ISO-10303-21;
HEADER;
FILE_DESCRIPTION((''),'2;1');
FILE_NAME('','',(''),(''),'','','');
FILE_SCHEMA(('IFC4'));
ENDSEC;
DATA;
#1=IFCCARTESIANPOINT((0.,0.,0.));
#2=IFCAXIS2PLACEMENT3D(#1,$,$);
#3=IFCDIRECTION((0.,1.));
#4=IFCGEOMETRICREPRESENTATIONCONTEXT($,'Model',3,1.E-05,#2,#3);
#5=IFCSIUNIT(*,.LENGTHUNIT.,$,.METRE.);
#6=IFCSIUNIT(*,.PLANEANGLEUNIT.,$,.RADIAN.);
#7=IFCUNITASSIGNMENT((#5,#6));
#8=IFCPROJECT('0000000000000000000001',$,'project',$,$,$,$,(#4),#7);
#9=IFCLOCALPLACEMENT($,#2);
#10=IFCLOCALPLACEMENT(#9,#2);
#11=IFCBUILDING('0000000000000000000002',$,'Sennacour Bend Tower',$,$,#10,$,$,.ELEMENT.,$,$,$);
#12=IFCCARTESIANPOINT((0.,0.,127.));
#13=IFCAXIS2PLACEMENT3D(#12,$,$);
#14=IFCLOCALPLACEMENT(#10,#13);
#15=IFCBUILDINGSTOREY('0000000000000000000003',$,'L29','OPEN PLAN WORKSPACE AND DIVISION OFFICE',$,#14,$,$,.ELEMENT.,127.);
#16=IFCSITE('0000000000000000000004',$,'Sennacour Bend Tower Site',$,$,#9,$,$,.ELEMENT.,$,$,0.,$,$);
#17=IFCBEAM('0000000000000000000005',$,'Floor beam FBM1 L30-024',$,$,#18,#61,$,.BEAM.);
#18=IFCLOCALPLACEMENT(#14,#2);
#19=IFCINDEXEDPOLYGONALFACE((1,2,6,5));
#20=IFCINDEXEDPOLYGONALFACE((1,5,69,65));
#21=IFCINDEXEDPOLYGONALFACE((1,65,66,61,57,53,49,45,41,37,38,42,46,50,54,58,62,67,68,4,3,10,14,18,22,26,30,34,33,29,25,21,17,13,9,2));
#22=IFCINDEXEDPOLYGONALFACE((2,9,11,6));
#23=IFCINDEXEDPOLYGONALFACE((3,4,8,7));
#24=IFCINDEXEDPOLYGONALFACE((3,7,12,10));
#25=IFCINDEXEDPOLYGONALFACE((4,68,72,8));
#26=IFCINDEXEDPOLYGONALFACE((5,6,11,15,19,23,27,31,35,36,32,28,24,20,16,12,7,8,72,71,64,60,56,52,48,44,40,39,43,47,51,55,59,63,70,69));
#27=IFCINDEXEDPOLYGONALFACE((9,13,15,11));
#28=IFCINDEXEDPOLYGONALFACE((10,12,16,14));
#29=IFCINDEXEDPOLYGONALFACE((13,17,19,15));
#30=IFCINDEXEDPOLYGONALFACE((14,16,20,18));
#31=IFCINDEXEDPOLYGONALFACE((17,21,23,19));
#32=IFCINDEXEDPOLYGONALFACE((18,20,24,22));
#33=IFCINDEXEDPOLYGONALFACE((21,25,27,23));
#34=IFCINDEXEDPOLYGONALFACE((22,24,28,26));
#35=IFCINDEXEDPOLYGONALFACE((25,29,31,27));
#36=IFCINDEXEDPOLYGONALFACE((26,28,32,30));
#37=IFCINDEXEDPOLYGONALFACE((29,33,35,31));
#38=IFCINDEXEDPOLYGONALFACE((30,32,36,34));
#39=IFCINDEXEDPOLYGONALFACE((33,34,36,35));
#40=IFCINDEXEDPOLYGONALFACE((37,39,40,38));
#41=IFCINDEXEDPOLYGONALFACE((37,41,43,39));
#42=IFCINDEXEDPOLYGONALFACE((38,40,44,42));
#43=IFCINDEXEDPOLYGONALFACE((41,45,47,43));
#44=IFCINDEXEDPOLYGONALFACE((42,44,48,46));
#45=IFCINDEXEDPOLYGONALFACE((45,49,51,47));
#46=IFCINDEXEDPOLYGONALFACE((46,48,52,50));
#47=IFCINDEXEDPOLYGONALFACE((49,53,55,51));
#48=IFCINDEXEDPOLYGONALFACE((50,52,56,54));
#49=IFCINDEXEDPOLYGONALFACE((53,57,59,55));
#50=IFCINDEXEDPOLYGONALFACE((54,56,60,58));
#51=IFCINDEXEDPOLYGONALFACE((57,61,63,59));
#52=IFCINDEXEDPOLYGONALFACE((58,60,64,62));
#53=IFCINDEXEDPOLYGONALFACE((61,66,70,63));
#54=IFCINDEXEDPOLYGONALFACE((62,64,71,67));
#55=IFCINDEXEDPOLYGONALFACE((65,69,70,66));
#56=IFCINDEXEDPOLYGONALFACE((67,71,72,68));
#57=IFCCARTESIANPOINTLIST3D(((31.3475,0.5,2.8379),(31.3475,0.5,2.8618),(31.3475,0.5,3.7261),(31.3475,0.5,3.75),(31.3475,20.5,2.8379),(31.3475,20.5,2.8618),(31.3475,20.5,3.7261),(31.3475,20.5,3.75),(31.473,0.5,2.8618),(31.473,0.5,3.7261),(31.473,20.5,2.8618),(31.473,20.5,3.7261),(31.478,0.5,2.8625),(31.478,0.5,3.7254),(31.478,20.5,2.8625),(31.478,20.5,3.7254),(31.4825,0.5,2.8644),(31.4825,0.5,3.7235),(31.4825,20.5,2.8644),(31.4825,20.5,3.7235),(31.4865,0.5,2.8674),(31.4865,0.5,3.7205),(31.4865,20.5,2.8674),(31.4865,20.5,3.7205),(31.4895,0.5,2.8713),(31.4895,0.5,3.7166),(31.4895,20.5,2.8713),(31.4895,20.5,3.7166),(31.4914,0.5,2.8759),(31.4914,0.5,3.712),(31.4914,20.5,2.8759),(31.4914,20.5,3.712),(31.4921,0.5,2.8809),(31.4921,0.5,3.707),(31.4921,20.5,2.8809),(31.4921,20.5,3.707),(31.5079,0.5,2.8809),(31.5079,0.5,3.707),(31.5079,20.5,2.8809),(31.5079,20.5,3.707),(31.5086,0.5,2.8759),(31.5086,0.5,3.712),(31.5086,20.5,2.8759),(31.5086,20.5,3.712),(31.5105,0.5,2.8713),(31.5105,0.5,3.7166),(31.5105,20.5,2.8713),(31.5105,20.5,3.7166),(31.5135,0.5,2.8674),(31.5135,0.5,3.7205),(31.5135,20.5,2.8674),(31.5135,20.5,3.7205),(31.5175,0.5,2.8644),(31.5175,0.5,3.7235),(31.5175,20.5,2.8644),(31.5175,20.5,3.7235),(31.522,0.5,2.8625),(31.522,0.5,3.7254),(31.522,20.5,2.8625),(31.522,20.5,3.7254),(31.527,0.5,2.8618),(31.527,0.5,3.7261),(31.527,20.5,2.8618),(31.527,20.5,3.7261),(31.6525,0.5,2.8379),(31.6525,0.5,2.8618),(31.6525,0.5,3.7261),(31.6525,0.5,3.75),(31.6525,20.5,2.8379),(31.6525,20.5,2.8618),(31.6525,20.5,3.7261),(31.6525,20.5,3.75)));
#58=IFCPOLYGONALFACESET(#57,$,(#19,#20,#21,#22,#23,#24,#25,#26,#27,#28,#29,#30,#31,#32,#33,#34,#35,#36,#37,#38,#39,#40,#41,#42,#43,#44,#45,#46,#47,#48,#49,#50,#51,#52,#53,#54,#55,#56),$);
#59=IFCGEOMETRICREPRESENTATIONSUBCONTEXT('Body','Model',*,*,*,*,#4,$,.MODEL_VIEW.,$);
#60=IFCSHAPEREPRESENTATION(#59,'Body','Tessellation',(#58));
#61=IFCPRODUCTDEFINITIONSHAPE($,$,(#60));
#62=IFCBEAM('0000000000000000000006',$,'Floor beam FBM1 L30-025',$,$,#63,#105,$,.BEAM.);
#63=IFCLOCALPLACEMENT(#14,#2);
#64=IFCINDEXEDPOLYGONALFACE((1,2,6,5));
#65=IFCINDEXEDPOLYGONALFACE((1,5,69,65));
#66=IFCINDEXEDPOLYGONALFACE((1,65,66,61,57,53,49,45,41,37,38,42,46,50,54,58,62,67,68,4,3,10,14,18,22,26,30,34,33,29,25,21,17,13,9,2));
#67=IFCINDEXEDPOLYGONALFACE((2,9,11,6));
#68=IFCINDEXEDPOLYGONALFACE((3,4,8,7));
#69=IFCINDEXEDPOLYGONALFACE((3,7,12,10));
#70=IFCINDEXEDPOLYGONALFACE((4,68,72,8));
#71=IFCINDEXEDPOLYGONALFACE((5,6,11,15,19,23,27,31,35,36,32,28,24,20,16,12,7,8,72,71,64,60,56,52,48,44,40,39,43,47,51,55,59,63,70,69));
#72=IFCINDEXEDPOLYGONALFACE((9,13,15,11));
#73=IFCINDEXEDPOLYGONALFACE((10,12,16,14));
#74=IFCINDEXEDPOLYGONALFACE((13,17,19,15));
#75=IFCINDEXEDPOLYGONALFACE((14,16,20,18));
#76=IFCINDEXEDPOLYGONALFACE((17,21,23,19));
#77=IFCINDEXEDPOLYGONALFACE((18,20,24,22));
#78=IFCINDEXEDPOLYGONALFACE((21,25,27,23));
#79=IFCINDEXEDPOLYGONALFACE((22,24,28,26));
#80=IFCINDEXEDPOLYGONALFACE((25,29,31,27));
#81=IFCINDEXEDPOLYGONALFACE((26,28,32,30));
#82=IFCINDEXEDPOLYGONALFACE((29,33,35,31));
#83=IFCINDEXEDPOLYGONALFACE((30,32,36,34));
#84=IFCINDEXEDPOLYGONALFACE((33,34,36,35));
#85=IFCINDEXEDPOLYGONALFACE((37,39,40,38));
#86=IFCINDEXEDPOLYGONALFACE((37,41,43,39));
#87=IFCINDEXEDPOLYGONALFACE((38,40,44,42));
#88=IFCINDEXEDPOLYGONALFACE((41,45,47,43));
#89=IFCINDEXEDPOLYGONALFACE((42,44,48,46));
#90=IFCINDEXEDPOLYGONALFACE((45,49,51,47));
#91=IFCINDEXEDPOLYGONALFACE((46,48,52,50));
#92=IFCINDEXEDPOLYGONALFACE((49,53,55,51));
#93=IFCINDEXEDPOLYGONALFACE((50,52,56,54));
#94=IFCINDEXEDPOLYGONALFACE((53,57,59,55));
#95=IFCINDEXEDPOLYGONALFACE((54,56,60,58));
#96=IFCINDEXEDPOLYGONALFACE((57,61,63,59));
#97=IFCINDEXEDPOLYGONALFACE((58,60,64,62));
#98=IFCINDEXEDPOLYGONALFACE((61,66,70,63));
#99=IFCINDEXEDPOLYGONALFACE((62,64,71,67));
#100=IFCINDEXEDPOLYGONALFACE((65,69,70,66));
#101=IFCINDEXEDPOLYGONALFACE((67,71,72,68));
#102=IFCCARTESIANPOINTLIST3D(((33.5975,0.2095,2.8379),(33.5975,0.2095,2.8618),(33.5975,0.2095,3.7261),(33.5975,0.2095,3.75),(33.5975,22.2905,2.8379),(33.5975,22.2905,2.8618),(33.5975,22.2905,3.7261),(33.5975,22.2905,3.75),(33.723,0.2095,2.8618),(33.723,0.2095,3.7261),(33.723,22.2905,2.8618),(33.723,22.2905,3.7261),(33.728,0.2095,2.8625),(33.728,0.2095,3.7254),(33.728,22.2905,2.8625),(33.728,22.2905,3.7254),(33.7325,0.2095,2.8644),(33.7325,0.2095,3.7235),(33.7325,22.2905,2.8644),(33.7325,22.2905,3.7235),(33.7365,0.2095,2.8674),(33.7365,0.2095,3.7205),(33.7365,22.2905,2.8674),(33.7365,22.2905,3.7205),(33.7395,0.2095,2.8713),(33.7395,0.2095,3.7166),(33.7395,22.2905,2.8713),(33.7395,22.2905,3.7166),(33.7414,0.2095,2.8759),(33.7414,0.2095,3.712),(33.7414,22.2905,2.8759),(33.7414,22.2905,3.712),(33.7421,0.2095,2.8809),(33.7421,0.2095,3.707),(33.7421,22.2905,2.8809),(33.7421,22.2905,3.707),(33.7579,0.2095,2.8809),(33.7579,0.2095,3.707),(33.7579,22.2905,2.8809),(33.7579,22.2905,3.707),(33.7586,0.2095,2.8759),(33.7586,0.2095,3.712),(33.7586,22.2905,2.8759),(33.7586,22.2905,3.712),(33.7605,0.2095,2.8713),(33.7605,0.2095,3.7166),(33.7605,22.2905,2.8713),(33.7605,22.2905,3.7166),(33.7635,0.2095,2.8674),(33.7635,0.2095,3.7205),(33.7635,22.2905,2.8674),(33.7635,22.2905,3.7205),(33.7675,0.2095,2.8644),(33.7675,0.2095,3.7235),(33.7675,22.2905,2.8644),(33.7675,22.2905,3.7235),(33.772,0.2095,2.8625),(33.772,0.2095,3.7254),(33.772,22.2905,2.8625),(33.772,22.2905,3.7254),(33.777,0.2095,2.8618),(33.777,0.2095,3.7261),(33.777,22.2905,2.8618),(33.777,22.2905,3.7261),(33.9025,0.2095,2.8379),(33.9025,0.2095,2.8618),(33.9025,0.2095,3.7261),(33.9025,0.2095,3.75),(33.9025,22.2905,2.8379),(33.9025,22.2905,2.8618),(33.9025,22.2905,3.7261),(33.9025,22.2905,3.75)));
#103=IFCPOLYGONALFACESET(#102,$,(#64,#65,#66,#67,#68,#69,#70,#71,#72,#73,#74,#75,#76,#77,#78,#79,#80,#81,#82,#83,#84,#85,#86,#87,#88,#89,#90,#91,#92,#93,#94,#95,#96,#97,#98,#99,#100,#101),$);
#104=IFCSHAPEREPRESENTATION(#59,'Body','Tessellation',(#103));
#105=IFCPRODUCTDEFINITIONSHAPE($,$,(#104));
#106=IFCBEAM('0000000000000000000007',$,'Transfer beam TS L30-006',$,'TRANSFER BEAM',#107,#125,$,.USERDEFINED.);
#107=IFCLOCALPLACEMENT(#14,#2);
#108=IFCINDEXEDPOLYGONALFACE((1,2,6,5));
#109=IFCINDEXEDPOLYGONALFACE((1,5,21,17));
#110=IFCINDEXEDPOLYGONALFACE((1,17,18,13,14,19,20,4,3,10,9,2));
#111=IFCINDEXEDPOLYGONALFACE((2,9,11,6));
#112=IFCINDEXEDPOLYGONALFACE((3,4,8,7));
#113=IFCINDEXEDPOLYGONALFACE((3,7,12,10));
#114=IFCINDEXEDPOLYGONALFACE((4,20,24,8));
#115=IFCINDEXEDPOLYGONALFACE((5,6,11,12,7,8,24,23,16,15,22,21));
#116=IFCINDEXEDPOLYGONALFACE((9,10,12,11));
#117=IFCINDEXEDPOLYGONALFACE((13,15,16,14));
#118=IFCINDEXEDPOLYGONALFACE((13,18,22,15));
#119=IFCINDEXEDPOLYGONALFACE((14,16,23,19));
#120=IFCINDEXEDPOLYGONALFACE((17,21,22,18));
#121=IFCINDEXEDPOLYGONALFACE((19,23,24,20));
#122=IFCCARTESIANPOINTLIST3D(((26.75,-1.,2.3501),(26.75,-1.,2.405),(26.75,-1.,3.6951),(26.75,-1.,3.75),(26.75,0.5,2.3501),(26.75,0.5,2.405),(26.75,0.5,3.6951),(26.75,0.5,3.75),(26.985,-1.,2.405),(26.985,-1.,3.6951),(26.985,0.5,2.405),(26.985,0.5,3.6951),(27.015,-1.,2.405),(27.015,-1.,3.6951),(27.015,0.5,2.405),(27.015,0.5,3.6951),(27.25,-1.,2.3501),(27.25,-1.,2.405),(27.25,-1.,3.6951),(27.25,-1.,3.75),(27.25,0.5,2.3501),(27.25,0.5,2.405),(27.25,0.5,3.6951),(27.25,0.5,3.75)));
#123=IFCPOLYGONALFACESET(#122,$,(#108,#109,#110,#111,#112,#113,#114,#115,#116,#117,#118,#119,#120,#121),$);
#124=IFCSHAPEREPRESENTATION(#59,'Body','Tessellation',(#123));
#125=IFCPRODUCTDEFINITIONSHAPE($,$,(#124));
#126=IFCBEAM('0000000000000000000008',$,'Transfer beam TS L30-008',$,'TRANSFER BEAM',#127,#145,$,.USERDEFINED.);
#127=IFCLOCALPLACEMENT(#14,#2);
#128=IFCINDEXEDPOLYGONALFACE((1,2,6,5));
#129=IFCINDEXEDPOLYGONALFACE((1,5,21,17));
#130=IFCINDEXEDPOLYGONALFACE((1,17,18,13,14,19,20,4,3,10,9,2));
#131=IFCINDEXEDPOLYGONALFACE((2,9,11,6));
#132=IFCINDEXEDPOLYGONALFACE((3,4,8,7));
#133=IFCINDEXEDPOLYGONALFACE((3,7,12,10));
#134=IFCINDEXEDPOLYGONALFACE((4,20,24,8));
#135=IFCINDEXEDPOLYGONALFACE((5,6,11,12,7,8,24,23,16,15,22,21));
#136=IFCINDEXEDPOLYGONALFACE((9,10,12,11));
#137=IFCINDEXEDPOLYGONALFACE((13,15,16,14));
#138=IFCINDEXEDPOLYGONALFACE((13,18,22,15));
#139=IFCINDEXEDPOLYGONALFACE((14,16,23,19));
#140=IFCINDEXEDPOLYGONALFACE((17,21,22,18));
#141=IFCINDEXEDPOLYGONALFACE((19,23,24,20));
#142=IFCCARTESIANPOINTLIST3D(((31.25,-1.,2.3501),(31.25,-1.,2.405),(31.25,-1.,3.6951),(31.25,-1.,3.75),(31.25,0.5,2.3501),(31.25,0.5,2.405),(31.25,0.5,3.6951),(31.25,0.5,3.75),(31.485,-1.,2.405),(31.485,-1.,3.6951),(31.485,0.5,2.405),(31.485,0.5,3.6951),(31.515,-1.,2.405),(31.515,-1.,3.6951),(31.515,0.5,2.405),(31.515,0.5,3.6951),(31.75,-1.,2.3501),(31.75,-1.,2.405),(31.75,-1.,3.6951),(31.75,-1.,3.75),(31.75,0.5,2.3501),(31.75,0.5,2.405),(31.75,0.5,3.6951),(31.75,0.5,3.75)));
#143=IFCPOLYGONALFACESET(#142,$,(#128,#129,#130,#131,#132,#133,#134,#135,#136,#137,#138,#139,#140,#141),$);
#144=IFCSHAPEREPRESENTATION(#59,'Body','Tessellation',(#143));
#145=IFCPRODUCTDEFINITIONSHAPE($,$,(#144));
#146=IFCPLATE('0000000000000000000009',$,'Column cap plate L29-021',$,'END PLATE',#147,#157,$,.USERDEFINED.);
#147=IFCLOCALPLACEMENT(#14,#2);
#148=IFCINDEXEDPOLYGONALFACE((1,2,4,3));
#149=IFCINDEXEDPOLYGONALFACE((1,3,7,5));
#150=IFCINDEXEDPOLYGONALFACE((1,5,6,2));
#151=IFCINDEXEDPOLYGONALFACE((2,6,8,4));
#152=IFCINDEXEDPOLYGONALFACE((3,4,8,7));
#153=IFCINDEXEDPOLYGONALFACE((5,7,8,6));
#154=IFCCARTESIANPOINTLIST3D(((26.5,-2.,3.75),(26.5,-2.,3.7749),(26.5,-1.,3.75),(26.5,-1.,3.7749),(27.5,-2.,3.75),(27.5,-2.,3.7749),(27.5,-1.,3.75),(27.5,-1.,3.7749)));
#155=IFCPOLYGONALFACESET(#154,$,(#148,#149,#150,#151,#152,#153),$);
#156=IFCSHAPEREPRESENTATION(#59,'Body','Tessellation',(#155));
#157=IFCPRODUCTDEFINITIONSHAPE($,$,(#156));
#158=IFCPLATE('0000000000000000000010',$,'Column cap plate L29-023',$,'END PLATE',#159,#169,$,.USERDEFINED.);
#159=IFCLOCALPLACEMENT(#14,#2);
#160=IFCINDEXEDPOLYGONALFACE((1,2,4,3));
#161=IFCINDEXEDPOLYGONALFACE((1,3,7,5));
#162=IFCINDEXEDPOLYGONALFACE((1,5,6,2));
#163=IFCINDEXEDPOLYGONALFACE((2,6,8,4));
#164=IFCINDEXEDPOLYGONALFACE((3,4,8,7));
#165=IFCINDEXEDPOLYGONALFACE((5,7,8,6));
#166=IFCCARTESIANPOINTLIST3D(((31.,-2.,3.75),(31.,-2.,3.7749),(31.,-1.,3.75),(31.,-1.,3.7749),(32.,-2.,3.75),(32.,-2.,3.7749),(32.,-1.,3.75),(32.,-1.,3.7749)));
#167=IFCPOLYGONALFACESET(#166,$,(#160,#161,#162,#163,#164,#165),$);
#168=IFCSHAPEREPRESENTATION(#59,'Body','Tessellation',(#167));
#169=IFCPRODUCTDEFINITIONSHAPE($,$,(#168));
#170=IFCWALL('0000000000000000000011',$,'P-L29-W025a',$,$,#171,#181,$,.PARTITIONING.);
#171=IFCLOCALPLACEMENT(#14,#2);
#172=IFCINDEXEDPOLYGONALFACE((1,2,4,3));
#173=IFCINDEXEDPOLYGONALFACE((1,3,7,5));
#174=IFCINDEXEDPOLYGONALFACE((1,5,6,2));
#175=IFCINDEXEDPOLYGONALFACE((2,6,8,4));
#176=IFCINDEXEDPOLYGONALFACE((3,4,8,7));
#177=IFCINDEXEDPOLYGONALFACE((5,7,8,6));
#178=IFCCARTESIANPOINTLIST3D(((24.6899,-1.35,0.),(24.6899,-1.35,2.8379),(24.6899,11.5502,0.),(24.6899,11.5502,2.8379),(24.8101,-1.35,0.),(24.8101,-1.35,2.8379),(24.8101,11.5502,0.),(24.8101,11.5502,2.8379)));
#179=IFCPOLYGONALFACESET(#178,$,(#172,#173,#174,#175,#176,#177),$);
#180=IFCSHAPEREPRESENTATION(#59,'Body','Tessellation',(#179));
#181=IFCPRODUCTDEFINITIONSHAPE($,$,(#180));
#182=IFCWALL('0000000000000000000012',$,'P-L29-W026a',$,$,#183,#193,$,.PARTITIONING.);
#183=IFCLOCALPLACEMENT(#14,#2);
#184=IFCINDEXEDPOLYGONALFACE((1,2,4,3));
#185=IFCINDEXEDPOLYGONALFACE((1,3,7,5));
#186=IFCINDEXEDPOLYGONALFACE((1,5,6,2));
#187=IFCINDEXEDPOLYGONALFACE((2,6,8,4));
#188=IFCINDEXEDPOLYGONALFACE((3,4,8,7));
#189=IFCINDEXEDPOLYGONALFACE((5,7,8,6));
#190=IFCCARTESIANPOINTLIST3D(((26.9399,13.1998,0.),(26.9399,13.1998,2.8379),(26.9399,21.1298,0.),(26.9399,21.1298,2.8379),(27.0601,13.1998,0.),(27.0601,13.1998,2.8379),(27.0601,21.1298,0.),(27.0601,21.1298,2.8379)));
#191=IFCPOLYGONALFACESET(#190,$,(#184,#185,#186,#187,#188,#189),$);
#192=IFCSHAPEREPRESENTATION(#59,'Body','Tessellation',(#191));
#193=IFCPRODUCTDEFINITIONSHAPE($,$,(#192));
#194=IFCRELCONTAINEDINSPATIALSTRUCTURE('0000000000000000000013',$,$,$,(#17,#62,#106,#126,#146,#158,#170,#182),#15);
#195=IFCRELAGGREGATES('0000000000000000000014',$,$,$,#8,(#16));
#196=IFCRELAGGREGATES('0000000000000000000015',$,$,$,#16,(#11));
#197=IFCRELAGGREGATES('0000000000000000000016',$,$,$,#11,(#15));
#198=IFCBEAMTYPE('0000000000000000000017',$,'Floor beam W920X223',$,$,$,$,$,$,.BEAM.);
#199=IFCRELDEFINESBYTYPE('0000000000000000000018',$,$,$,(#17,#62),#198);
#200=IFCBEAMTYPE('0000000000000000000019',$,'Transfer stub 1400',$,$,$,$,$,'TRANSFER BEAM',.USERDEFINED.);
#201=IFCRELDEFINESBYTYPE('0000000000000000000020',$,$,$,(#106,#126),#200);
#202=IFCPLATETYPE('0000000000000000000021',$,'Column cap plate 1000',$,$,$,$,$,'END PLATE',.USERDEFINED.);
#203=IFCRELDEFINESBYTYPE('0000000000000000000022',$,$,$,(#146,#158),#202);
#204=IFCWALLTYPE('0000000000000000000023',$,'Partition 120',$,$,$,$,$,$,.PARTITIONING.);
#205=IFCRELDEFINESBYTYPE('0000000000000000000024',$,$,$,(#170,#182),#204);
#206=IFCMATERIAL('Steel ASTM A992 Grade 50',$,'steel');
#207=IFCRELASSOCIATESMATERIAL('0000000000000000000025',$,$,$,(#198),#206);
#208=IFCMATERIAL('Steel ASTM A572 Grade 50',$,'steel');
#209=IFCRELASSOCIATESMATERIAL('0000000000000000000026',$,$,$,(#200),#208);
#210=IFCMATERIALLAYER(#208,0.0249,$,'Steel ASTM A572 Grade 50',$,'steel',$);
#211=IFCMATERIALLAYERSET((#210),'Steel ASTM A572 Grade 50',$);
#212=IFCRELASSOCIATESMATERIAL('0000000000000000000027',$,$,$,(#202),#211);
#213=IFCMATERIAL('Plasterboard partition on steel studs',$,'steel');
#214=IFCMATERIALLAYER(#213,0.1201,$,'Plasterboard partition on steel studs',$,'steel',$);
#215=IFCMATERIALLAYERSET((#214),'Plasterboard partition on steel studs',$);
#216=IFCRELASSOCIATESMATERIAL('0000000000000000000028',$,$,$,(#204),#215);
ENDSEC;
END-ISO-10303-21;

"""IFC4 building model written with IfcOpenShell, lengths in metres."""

from ifc_helpers import new_model, si_unit, direction, frame, frame_2d, origin, origin_2d, place, context, subcontext, project, spatial, rectangle, i_section, extrude, material, layer, layer_set, material_profile, profile_set, type_object, element, save


model = new_model("IFC4")

# Units and contexts
model_context = context("Model", 3, precision=1e-05, world=origin(), true_north=direction((0.0, 1.0)))
body_context = subcontext(model_context, "Body", "Model", "MODEL_VIEW")
ifc_project = project(units=[si_unit("LENGTHUNIT", "METRE"), si_unit("PLANEANGLEUNIT", "RADIAN")], contexts=[model_context])

# Site, building, storey
site_placement = place(None, origin())
site = spatial("IfcSite", under=ifc_project, at=site_placement, Name="Sennacour Bend Tower Site", CompositionType="ELEMENT", RefElevation=0.0)
building_placement = place(site_placement, origin())
building = spatial("IfcBuilding", under=site, at=building_placement, Name="Sennacour Bend Tower", CompositionType="ELEMENT")
storey_placement = place(building_placement, frame((0.0, 0.0, 127.0)))
storey = spatial("IfcBuildingStorey", under=building, at=storey_placement, Name="L29", Description="OPEN PLAN WORKSPACE AND DIVISION OFFICE", CompositionType="ELEMENT", Elevation=127.0)

# Shared definitions
ifc_material_1 = material(Name="Steel ASTM A572 Grade 50", Category="steel")

# Beams
ifc_material_2 = material(Name="Steel ASTM A992 Grade 50", Category="steel")
ifc_material_profile_1 = material_profile(ifc_material_2, i_section(OverallWidth=0.3049, OverallDepth=0.9121, WebThickness=0.0159, FlangeThickness=0.0239, FilletRadius=0.019, at=origin_2d()), Name="Steel ASTM A992 Grade 50", Category="steel")
ifc_profile_set_1 = profile_set([ifc_material_profile_1], Name="Steel ASTM A992 Grade 50")
beam_type_1 = type_object("IfcBeamType", Name="Floor beam W920X223", PredefinedType="BEAM", material=ifc_profile_set_1)
beam_1_placement = place(storey_placement, frame((31.5, 0.5, 3.2939), z_axis=(0.0, 1.0, 0.0), x_axis=(-1.0, 0.0, 0.0)))
element("IfcBeam", 1, at=beam_1_placement, inside=storey, type_object=beam_type_1, Name="Floor beam FBM1 L30-024", PredefinedType="BEAM", context=body_context, shape_type="SweptSolid", body=[
    extrude(i_section(OverallWidth=0.3049, OverallDepth=0.9121, WebThickness=0.0159, FlangeThickness=0.0239, FilletRadius=0.019, at=origin_2d()), origin(), (0.0, 0.0, 1.0), 20.0),
])
beam_2_placement = place(storey_placement, frame((33.75, 0.2095, 3.2939), z_axis=(0.0, 1.0, 0.0), x_axis=(-1.0, 0.0, 0.0)))
element("IfcBeam", 2, at=beam_2_placement, inside=storey, type_object=beam_type_1, Name="Floor beam FBM1 L30-025", PredefinedType="BEAM", context=body_context, shape_type="SweptSolid", body=[
    extrude(i_section(OverallWidth=0.3049, OverallDepth=0.9121, WebThickness=0.0159, FlangeThickness=0.0239, FilletRadius=0.019, at=origin_2d()), origin(), (0.0, 0.0, 1.0), 22.0811),
])
ifc_material_profile_2 = material_profile(ifc_material_1, i_section(OverallWidth=0.5, OverallDepth=1.3999, WebThickness=0.03, FlangeThickness=0.0549, at=origin_2d()), Name="Steel ASTM A572 Grade 50", Category="steel")
ifc_profile_set_2 = profile_set([ifc_material_profile_2], Name="Steel ASTM A572 Grade 50")
beam_type_2 = type_object("IfcBeamType", Name="Transfer stub 1400", ElementType="TRANSFER BEAM", PredefinedType="USERDEFINED", material=ifc_profile_set_2)
for number, where, z_axis, x_axis, name in (
    (3, (27.0, -1.0, 3.05), (0.0, 1.0, 0.0), (-1.0, 0.0, 0.0), "Transfer beam TS L30-006"),
    (4, (31.5, -1.0, 3.05), (0.0, 1.0, 0.0), (-1.0, 0.0, 0.0), "Transfer beam TS L30-008"),
):
    element("IfcBeam", number, at=place(storey_placement, frame(where, z_axis=z_axis, x_axis=x_axis)), inside=storey, type_object=beam_type_2, Name=name, ObjectType="TRANSFER BEAM", PredefinedType="USERDEFINED", context=body_context, shape_type="SweptSolid", body=[
        extrude(i_section(OverallWidth=0.5, OverallDepth=1.3999, WebThickness=0.03, FlangeThickness=0.0549, at=origin_2d()), origin(), (0.0, 0.0, 1.0), 1.5),
    ])

# Plates
ifc_layer_1 = layer(ifc_material_1, 0.0249, Name="Steel ASTM A572 Grade 50", Category="steel")
ifc_layer_set_1 = layer_set([ifc_layer_1], Name="Steel ASTM A572 Grade 50")
plate_type = type_object("IfcPlateType", Name="Column cap plate 1000", ElementType="END PLATE", PredefinedType="USERDEFINED", material=ifc_layer_set_1)
for number, where, z_axis, x_axis, name in (
    (5, (27.0, -1.5, 3.75), (0.0, 0.0, 1.0), (1.0, 0.0, 0.0), "Column cap plate L29-021"),
    (6, (31.5, -1.5, 3.75), (0.0, 0.0, 1.0), (1.0, 0.0, 0.0), "Column cap plate L29-023"),
):
    element("IfcPlate", number, at=place(storey_placement, frame(where, z_axis=z_axis, x_axis=x_axis)), inside=storey, type_object=plate_type, Name=name, ObjectType="END PLATE", PredefinedType="USERDEFINED", context=body_context, shape_type="SweptSolid", body=[
        extrude(rectangle(XDim=1.0, YDim=1.0, at=origin_2d()), origin(), (0.0, 0.0, 1.0), 0.0249),
    ])

# Walls
ifc_material_3 = material(Name="Plasterboard partition on steel studs", Category="steel")
ifc_layer_2 = layer(ifc_material_3, 0.1201, Name="Plasterboard partition on steel studs", Category="steel")
ifc_layer_set_2 = layer_set([ifc_layer_2], Name="Plasterboard partition on steel studs")
wall_type_1 = type_object("IfcWallType", Name="Partition 120", PredefinedType="PARTITIONING", material=ifc_layer_set_2)
wall_1_placement = place(storey_placement, frame((24.75, -1.3501, 0.0), z_axis=(0.0, 0.0, 1.0), x_axis=(0.0, 1.0, 0.0)))
element("IfcWall", 7, at=wall_1_placement, inside=storey, type_object=wall_type_1, Name="P-L29-W025a", PredefinedType="PARTITIONING", context=body_context, shape_type="SweptSolid", body=[
    extrude(rectangle(XDim=12.9001, YDim=0.1201, at=frame_2d((6.4502, 0.0))), origin(), (0.0, 0.0, 1.0), 2.8379),
])
wall_2_placement = place(storey_placement, frame((27.0, 13.2, 0.0), z_axis=(0.0, 0.0, 1.0), x_axis=(0.0, 1.0, 0.0)))
element("IfcWall", 8, at=wall_2_placement, inside=storey, type_object=wall_type_1, Name="P-L29-W026a", PredefinedType="PARTITIONING", context=body_context, shape_type="SweptSolid", body=[
    extrude(rectangle(XDim=7.9299, YDim=0.1201, at=frame_2d((3.9648, 0.0))), origin(), (0.0, 0.0, 1.0), 2.8379),
])

save(model, "model.ifc")
